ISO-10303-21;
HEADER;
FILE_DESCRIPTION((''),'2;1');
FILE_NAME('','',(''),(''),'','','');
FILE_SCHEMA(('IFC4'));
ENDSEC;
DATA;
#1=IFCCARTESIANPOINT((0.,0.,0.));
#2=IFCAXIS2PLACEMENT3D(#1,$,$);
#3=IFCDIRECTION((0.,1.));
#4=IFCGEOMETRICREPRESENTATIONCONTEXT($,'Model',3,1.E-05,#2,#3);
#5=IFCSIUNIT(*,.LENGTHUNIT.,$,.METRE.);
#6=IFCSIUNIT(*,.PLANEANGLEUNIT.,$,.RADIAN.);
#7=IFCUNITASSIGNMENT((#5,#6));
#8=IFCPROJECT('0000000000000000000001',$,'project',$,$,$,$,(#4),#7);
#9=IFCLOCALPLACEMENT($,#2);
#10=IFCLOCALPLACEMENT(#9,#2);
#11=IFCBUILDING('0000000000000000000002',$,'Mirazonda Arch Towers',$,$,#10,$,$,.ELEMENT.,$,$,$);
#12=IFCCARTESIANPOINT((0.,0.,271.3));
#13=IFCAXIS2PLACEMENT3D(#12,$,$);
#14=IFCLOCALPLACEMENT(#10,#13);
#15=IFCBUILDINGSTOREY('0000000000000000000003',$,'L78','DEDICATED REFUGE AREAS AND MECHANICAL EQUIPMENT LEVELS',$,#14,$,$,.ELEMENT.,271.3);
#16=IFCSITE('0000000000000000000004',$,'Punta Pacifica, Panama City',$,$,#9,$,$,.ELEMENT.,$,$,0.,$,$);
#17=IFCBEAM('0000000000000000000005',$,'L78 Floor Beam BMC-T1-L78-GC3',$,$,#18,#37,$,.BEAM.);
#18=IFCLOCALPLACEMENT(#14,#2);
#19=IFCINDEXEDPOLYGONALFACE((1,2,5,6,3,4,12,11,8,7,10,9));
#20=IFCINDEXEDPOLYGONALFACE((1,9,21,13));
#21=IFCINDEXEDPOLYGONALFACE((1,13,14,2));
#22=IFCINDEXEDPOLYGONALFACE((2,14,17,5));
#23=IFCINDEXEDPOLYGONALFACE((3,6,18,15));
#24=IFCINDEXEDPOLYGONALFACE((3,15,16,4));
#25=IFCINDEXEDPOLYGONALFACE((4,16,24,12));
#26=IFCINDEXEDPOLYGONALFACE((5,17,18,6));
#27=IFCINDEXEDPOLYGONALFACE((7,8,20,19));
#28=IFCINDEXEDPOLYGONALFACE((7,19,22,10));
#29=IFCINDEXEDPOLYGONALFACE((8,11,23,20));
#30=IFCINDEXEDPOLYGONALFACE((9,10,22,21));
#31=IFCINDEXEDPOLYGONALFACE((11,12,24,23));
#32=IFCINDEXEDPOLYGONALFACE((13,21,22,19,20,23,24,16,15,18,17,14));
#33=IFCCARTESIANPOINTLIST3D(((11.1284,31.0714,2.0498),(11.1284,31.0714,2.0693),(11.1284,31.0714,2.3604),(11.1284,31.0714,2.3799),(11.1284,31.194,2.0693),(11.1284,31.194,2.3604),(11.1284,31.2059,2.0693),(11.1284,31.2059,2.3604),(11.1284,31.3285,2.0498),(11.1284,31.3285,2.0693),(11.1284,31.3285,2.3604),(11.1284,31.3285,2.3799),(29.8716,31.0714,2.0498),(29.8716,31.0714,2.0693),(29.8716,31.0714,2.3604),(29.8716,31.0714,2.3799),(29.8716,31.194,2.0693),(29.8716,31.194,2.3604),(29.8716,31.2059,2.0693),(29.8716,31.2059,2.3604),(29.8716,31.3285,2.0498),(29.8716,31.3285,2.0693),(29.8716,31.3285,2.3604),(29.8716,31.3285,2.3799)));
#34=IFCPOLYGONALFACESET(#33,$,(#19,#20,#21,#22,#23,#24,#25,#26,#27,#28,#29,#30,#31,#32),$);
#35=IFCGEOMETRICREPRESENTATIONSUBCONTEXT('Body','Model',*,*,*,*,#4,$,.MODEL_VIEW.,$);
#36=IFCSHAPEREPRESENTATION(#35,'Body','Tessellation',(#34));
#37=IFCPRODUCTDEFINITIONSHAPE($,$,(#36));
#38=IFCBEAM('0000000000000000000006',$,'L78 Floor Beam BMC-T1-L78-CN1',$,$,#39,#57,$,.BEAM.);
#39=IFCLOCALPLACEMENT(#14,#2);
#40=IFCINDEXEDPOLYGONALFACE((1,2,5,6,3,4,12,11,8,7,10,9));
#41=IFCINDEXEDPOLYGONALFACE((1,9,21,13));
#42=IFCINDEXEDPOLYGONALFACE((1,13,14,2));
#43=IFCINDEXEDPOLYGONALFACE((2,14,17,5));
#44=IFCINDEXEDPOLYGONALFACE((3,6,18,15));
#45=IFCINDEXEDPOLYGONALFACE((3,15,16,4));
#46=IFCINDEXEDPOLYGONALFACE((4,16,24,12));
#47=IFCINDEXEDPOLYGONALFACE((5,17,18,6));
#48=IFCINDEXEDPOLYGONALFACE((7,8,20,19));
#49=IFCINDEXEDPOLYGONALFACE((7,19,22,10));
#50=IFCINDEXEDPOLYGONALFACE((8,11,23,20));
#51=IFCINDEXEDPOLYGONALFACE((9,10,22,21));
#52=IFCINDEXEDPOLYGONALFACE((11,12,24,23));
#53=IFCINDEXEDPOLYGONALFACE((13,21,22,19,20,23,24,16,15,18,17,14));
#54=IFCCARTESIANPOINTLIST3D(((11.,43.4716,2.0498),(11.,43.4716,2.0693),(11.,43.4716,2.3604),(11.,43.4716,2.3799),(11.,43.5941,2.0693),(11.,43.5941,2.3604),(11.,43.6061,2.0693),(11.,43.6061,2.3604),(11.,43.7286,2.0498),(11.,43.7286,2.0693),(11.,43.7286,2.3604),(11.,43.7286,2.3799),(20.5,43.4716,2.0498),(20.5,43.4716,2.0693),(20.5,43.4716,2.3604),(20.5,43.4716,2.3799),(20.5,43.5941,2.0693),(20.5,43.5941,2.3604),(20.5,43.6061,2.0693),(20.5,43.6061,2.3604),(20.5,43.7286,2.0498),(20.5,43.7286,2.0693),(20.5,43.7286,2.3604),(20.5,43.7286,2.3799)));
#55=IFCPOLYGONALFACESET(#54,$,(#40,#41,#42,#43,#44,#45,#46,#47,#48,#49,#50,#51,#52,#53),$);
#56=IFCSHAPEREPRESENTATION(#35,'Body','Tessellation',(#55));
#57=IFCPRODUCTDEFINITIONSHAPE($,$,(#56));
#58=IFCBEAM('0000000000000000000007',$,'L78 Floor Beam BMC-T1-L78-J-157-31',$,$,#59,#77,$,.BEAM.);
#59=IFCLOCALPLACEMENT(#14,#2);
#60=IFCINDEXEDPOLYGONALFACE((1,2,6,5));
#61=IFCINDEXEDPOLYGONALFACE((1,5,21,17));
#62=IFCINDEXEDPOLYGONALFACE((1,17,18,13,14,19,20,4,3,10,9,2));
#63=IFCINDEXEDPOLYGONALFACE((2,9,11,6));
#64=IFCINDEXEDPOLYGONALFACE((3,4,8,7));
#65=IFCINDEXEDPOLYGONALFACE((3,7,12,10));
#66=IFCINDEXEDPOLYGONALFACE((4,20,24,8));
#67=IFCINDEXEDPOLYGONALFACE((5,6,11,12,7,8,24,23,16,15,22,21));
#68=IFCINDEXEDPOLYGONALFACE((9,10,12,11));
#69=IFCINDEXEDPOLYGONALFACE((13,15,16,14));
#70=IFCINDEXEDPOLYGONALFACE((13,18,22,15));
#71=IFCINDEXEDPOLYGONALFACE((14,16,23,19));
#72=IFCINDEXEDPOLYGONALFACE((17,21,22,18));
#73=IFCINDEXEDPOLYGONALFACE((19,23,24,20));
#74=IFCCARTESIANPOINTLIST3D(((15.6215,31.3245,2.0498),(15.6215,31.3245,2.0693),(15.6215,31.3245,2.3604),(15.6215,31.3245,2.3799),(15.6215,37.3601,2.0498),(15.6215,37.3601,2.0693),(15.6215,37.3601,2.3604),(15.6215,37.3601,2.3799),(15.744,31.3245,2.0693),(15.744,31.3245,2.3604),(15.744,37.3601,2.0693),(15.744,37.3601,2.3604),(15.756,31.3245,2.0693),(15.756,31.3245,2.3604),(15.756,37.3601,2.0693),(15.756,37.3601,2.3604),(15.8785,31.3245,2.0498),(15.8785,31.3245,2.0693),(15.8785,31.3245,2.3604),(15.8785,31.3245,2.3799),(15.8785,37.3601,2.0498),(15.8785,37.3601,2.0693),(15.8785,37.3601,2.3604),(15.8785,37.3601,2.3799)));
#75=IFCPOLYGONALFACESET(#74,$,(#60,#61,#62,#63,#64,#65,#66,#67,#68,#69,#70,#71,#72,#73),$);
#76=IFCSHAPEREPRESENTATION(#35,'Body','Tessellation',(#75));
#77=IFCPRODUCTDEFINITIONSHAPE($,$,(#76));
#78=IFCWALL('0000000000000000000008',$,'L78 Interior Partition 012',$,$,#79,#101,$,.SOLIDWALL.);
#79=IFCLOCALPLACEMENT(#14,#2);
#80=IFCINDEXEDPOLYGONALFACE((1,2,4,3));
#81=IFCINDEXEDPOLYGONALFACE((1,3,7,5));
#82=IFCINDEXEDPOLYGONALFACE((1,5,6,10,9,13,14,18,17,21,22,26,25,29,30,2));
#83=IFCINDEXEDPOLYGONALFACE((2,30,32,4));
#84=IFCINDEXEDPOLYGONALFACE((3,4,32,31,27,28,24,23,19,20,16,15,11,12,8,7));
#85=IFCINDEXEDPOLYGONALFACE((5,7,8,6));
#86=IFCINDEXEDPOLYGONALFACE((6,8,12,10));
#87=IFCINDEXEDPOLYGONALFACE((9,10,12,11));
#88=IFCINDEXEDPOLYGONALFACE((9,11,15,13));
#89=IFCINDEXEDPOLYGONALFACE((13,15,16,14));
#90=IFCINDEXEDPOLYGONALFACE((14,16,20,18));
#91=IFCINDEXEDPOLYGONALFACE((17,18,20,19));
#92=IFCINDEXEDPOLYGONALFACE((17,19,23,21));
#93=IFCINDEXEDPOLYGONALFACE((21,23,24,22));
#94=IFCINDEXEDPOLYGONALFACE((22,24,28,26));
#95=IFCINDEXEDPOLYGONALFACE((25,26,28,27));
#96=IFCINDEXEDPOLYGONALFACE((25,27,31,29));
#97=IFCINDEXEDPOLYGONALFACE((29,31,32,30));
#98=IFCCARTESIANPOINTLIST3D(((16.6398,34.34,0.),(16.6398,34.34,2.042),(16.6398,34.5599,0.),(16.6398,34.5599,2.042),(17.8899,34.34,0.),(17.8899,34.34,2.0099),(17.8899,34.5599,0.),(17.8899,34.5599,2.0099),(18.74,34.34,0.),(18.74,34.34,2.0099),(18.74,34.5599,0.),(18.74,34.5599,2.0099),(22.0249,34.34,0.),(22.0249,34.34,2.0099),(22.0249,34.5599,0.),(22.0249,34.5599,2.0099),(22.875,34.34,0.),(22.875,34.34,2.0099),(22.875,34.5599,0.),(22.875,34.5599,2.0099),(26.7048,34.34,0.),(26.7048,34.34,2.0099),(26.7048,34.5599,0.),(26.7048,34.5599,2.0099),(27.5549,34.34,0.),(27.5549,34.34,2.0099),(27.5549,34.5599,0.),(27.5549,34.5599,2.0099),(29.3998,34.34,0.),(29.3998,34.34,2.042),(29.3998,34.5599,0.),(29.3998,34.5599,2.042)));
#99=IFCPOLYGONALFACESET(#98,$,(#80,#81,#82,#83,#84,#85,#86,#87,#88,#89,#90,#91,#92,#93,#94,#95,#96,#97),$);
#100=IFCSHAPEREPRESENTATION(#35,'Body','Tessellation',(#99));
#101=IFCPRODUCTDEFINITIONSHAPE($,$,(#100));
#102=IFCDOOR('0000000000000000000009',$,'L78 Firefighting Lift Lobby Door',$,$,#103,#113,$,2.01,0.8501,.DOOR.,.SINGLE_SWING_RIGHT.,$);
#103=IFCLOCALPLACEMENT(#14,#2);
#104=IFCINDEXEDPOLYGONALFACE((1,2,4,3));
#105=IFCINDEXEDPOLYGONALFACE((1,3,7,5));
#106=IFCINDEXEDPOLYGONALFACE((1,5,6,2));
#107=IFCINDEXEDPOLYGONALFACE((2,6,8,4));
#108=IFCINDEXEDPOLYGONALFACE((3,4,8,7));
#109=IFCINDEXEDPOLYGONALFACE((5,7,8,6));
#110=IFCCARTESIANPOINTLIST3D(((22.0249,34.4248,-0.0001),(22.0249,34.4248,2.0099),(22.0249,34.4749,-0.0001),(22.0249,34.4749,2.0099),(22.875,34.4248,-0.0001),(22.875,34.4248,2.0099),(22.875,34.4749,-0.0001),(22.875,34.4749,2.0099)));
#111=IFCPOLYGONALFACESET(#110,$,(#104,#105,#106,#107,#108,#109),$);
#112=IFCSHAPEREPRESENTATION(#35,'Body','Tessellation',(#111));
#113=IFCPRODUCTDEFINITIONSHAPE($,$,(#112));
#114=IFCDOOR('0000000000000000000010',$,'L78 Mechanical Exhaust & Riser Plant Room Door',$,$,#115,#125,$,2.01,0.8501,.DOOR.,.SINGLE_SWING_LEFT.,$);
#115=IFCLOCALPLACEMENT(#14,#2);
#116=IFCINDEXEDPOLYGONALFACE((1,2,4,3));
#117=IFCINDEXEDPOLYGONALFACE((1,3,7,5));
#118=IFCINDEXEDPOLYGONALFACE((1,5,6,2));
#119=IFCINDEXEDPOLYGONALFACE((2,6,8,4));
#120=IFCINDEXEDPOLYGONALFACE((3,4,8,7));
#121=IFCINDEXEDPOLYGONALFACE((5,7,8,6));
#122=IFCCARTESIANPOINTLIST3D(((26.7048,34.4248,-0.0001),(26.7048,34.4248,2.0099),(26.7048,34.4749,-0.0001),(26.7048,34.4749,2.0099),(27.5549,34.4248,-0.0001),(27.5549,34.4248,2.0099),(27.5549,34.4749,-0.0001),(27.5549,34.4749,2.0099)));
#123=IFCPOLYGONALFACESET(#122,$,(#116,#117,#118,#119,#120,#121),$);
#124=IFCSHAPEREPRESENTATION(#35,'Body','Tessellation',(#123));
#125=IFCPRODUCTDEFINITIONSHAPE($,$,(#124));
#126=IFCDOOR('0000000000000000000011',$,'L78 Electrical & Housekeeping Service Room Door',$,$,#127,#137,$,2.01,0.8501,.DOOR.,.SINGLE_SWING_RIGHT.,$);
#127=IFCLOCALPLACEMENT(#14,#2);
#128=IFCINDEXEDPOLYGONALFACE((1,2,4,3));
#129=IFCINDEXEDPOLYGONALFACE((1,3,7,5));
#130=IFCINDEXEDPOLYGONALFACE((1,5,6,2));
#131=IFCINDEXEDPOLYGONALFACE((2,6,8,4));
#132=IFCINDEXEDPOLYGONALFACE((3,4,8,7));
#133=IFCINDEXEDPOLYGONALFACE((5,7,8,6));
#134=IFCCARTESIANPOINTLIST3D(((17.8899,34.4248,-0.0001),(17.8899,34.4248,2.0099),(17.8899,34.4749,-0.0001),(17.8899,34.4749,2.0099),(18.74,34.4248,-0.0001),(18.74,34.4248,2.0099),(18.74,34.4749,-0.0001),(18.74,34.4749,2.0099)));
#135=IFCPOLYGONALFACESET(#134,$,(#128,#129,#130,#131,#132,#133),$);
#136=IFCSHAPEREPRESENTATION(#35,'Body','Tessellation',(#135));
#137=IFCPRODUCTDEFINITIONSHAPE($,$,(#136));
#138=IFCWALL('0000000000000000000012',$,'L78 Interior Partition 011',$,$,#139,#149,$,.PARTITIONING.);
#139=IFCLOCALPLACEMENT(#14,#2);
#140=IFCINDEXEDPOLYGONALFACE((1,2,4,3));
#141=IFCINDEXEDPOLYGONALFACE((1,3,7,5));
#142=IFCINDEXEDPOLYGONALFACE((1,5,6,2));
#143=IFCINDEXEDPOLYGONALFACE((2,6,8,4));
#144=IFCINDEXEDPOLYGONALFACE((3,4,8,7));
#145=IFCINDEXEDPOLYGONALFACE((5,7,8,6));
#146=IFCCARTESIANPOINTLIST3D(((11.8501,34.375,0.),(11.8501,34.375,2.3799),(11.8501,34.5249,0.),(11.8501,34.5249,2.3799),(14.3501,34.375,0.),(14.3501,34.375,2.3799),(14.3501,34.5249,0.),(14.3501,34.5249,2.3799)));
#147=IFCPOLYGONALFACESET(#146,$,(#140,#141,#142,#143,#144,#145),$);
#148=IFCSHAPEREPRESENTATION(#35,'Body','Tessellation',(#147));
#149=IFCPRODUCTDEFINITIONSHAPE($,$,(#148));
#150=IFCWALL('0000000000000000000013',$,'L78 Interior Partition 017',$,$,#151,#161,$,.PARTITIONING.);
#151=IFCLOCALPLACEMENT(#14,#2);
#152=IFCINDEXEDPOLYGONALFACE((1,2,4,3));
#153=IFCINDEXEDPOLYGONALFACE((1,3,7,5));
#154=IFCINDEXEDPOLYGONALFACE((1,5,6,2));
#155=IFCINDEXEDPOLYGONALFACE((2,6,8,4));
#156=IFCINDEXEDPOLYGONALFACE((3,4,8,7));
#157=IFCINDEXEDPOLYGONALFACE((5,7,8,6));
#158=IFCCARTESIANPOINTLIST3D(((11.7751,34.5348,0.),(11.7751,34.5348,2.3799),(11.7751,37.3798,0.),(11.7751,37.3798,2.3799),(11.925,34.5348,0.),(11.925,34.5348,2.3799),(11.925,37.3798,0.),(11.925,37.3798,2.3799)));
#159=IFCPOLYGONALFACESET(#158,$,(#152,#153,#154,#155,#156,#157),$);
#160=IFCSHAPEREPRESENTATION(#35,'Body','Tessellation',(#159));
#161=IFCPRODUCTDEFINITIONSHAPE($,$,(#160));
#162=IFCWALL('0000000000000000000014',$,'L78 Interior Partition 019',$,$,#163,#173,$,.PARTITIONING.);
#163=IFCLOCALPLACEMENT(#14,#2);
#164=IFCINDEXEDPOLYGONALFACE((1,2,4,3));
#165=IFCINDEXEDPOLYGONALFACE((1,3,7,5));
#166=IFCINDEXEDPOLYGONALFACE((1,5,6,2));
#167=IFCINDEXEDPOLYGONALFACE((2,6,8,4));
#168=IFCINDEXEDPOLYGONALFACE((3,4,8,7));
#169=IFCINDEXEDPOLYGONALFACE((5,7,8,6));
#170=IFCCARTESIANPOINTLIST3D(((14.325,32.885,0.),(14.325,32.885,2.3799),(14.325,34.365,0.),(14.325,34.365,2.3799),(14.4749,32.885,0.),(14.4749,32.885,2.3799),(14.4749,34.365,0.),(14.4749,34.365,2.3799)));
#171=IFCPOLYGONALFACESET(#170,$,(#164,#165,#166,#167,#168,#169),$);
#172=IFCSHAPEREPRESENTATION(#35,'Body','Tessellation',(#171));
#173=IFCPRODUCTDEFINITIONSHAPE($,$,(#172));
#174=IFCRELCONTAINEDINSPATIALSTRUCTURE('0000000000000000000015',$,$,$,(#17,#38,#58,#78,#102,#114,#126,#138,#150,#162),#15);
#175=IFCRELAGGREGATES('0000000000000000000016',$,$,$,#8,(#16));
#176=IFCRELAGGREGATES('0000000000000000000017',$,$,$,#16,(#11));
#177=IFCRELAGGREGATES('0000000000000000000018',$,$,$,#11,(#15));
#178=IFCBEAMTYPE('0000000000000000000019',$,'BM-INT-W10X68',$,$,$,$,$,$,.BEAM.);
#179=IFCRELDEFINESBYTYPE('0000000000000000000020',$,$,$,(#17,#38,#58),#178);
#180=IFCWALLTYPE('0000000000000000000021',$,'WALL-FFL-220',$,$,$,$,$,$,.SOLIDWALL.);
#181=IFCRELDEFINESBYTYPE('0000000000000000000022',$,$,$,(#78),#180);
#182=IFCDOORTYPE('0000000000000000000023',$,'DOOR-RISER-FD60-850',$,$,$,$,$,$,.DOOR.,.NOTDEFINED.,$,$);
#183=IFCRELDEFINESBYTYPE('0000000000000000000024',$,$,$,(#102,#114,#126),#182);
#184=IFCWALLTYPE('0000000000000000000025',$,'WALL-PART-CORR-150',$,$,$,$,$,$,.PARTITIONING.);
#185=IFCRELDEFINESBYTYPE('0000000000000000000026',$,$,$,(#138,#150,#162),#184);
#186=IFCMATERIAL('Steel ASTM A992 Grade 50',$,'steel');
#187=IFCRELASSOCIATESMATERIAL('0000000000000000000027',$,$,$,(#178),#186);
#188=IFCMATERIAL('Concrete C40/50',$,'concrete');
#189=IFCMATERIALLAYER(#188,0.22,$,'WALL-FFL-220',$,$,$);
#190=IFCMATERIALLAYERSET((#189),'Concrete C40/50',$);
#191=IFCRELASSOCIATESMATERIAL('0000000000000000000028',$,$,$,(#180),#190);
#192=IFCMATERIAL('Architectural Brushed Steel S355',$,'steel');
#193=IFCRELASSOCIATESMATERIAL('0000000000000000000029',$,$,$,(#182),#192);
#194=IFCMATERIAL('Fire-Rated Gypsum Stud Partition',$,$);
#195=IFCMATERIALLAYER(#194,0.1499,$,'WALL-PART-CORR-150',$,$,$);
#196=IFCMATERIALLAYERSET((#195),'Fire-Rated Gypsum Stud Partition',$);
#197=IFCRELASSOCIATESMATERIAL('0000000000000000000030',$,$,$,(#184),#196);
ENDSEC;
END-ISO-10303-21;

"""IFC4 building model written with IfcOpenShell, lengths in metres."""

from ifc_helpers import new_model, si_unit, direction, frame, frame_2d, origin, origin_2d, place, context, subcontext, project, spatial, rectangle, i_section, extrude, material, layer, layer_set, material_profile, profile_set, type_object, element, fill, save


model = new_model("IFC4")

# Units and contexts
model_context = context("Model", 3, precision=1e-05, world=origin(), true_north=direction((0.0, 1.0)))
body_context = subcontext(model_context, "Body", "Model", "MODEL_VIEW")
ifc_project = project(units=[si_unit("LENGTHUNIT", "METRE"), si_unit("PLANEANGLEUNIT", "RADIAN")], contexts=[model_context])

# Site, building, storey
site_placement = place(None, origin())
site = spatial("IfcSite", under=ifc_project, at=site_placement, Name="Punta Pacifica, Panama City", CompositionType="ELEMENT", RefElevation=0.0)
building_placement = place(site_placement, origin())
building = spatial("IfcBuilding", under=site, at=building_placement, Name="Mirazonda Arch Towers", CompositionType="ELEMENT")
storey_placement = place(building_placement, frame((0.0, 0.0, 271.3)))
storey = spatial("IfcBuildingStorey", under=building, at=storey_placement, Name="L78", Description="DEDICATED REFUGE AREAS AND MECHANICAL EQUIPMENT LEVELS", CompositionType="ELEMENT", Elevation=271.3)

# Beams
ifc_material_1 = material(Name="Steel ASTM A992 Grade 50", Category="steel")
ifc_material_profile = material_profile(ifc_material_1, i_section(OverallWidth=0.2571, OverallDepth=0.3301, WebThickness=0.012, FlangeThickness=0.0195, at=origin_2d()), Name="W10X68")
ifc_profile_set = profile_set([ifc_material_profile], Name="Steel ASTM A992 Grade 50")
beam_type = type_object("IfcBeamType", Name="BM-INT-W10X68", PredefinedType="BEAM", material=ifc_profile_set)
beam_1_placement = place(storey_placement, frame((11.1284, 31.2, 2.2148), z_axis=(1.0, 0.0, 0.0), x_axis=(0.0, 1.0, 0.0)))
element("IfcBeam", 1, at=beam_1_placement, inside=storey, type_object=beam_type, Name="L78 Floor Beam BMC-T1-L78-GC3", PredefinedType="BEAM", context=body_context, shape_type="SweptSolid", body=[
    extrude(i_section(OverallWidth=0.2571, OverallDepth=0.3301, WebThickness=0.012, FlangeThickness=0.0195, at=origin_2d()), origin(), (0.0, 0.0, 1.0), 18.7432),
])
beam_2_placement = place(storey_placement, frame((11.0, 43.6001, 2.2148), z_axis=(1.0, 0.0, 0.0), x_axis=(0.0, 1.0, 0.0)))
element("IfcBeam", 2, at=beam_2_placement, inside=storey, type_object=beam_type, Name="L78 Floor Beam BMC-T1-L78-CN1", PredefinedType="BEAM", context=body_context, shape_type="SweptSolid", body=[
    extrude(i_section(OverallWidth=0.2571, OverallDepth=0.3301, WebThickness=0.012, FlangeThickness=0.0195, at=origin_2d()), origin(), (0.0, 0.0, 1.0), 9.5),
])
beam_3_placement = place(storey_placement, frame((15.75, 31.3245, 2.2148), z_axis=(0.0, 1.0, 0.0), x_axis=(-1.0, 0.0, 0.0)))
element("IfcBeam", 3, at=beam_3_placement, inside=storey, type_object=beam_type, Name="L78 Floor Beam BMC-T1-L78-J-157-31", PredefinedType="BEAM", context=body_context, shape_type="SweptSolid", body=[
    extrude(i_section(OverallWidth=0.2571, OverallDepth=0.3301, WebThickness=0.012, FlangeThickness=0.0195, at=origin_2d()), origin(), (0.0, 0.0, 1.0), 6.0356),
])

# Wall, openings, doors
ifc_material_2 = material(Name="Concrete C40/50", Category="concrete")
ifc_layer_1 = layer(ifc_material_2, 0.22, Name="WALL-FFL-220")
ifc_layer_set_1 = layer_set([ifc_layer_1], Name="Concrete C40/50")
wall_type_1 = type_object("IfcWallType", Name="WALL-FFL-220", PredefinedType="SOLIDWALL", material=ifc_layer_set_1)
wall_1_placement = place(storey_placement, frame((16.6399, 34.45, 0.0), z_axis=(0.0, 0.0, 1.0), x_axis=(1.0, 0.0, 0.0)))
wall_1 = element("IfcWall", 4, at=wall_1_placement, inside=storey, type_object=wall_type_1, Name="L78 Interior Partition 012", PredefinedType="SOLIDWALL", context=body_context, shape_type="SweptSolid", body=[
    extrude(rectangle(XDim=12.76, YDim=0.22, at=frame_2d((6.3799, 0.0))), origin(), (0.0, 0.0, 1.0), 2.042),
])
opening_1_placement = place(wall_1_placement, frame((5.385, 0.0, 0.0)))
opening_1 = element("IfcOpeningElement", 5, at=opening_1_placement, cuts=wall_1, PredefinedType="OPENING", context=body_context, shape_type="SweptSolid", body=[
    extrude(rectangle(XDim=0.8501, YDim=2.01, at=frame_2d((0.425, 1.0049))), frame((0.0, 0.1199, 0.0), z_axis=(0.0, -1.0, 0.0), x_axis=(1.0, 0.0, 0.0)), (0.0, 0.0, 1.0), 0.24),
])
opening_2_placement = place(wall_1_placement, frame((10.0649, 0.0, 0.0)))
opening_2 = element("IfcOpeningElement", 6, at=opening_2_placement, cuts=wall_1, PredefinedType="OPENING", context=body_context, shape_type="SweptSolid", body=[
    extrude(rectangle(XDim=0.8501, YDim=2.01, at=frame_2d((0.425, 1.0049))), frame((0.0, 0.1199, 0.0), z_axis=(0.0, -1.0, 0.0), x_axis=(1.0, 0.0, 0.0)), (0.0, 0.0, 1.0), 0.24),
])
opening_3_placement = place(wall_1_placement, frame((1.25, 0.0, 0.0)))
opening_3 = element("IfcOpeningElement", 7, at=opening_3_placement, cuts=wall_1, PredefinedType="OPENING", context=body_context, shape_type="SweptSolid", body=[
    extrude(rectangle(XDim=0.8501, YDim=2.01, at=frame_2d((0.425, 1.0049))), frame((0.0, 0.1199, 0.0), z_axis=(0.0, -1.0, 0.0), x_axis=(1.0, 0.0, 0.0)), (0.0, 0.0, 1.0), 0.24),
])
ifc_material_3 = material(Name="Architectural Brushed Steel S355", Category="steel")
door_type = type_object("IfcDoorType", Name="DOOR-RISER-FD60-850", OperationType="NOTDEFINED", PredefinedType="DOOR", material=ifc_material_3)
door_1_placement = place(opening_1_placement, origin())
door_1 = element("IfcDoor", 8, at=door_1_placement, inside=storey, type_object=door_type, Name="L78 Firefighting Lift Lobby Door", OperationType="SINGLE_SWING_RIGHT", OverallHeight=2.01, OverallWidth=0.8501, PredefinedType="DOOR", context=body_context, shape_type="SweptSolid", body=[
    extrude(rectangle(XDim=0.8501, YDim=2.01, at=frame_2d((0.425, 1.0049))), frame((0.0, 0.0249, 0.0), z_axis=(0.0, -1.0, 0.0), x_axis=(1.0, 0.0, 0.0)), (0.0, 0.0, 1.0), 0.05),
])
fill(opening_1, door_1)
door_2_placement = place(opening_2_placement, origin())
door_2 = element("IfcDoor", 9, at=door_2_placement, inside=storey, type_object=door_type, Name="L78 Mechanical Exhaust & Riser Plant Room Door", OperationType="SINGLE_SWING_LEFT", OverallHeight=2.01, OverallWidth=0.8501, PredefinedType="DOOR", context=body_context, shape_type="SweptSolid", body=[
    extrude(rectangle(XDim=0.8501, YDim=2.01, at=frame_2d((0.425, 1.0049))), frame((0.0, 0.0249, 0.0), z_axis=(0.0, -1.0, 0.0), x_axis=(1.0, 0.0, 0.0)), (0.0, 0.0, 1.0), 0.05),
])
fill(opening_2, door_2)
door_3_placement = place(opening_3_placement, origin())
door_3 = element("IfcDoor", 10, at=door_3_placement, inside=storey, type_object=door_type, Name="L78 Electrical & Housekeeping Service Room Door", OperationType="SINGLE_SWING_RIGHT", OverallHeight=2.01, OverallWidth=0.8501, PredefinedType="DOOR", context=body_context, shape_type="SweptSolid", body=[
    extrude(rectangle(XDim=0.8501, YDim=2.01, at=frame_2d((0.425, 1.0049))), frame((0.0, 0.0249, 0.0), z_axis=(0.0, -1.0, 0.0), x_axis=(1.0, 0.0, 0.0)), (0.0, 0.0, 1.0), 0.05),
])
fill(opening_3, door_3)

# Walls
ifc_material_4 = material(Name="Fire-Rated Gypsum Stud Partition")
ifc_layer_2 = layer(ifc_material_4, 0.1499, Name="WALL-PART-CORR-150")
ifc_layer_set_2 = layer_set([ifc_layer_2], Name="Fire-Rated Gypsum Stud Partition")
wall_type_2 = type_object("IfcWallType", Name="WALL-PART-CORR-150", PredefinedType="PARTITIONING", material=ifc_layer_set_2)
wall_2_placement = place(storey_placement, frame((11.8501, 34.45, 0.0), z_axis=(0.0, 0.0, 1.0), x_axis=(1.0, 0.0, 0.0)))
element("IfcWall", 11, at=wall_2_placement, inside=storey, type_object=wall_type_2, Name="L78 Interior Partition 011", PredefinedType="PARTITIONING", context=body_context, shape_type="SweptSolid", body=[
    extrude(rectangle(XDim=2.5, YDim=0.1499, at=frame_2d((1.25, 0.0))), origin(), (0.0, 0.0, 1.0), 2.3799),
])
wall_3_placement = place(storey_placement, frame((11.8501, 34.5349, 0.0), z_axis=(0.0, 0.0, 1.0), x_axis=(0.0, 1.0, 0.0)))
element("IfcWall", 12, at=wall_3_placement, inside=storey, type_object=wall_type_2, Name="L78 Interior Partition 017", PredefinedType="PARTITIONING", context=body_context, shape_type="SweptSolid", body=[
    extrude(rectangle(XDim=2.845, YDim=0.1499, at=frame_2d((1.4224, 0.0))), origin(), (0.0, 0.0, 1.0), 2.3799),
])
wall_4_placement = place(storey_placement, frame((14.3999, 32.885, 0.0), z_axis=(0.0, 0.0, 1.0), x_axis=(0.0, 1.0, 0.0)))
element("IfcWall", 13, at=wall_4_placement, inside=storey, type_object=wall_type_2, Name="L78 Interior Partition 019", PredefinedType="PARTITIONING", context=body_context, shape_type="SweptSolid", body=[
    extrude(rectangle(XDim=1.48, YDim=0.1499, at=frame_2d((0.74, 0.0))), origin(), (0.0, 0.0, 1.0), 2.3799),
])

save(model, "model.ifc")
